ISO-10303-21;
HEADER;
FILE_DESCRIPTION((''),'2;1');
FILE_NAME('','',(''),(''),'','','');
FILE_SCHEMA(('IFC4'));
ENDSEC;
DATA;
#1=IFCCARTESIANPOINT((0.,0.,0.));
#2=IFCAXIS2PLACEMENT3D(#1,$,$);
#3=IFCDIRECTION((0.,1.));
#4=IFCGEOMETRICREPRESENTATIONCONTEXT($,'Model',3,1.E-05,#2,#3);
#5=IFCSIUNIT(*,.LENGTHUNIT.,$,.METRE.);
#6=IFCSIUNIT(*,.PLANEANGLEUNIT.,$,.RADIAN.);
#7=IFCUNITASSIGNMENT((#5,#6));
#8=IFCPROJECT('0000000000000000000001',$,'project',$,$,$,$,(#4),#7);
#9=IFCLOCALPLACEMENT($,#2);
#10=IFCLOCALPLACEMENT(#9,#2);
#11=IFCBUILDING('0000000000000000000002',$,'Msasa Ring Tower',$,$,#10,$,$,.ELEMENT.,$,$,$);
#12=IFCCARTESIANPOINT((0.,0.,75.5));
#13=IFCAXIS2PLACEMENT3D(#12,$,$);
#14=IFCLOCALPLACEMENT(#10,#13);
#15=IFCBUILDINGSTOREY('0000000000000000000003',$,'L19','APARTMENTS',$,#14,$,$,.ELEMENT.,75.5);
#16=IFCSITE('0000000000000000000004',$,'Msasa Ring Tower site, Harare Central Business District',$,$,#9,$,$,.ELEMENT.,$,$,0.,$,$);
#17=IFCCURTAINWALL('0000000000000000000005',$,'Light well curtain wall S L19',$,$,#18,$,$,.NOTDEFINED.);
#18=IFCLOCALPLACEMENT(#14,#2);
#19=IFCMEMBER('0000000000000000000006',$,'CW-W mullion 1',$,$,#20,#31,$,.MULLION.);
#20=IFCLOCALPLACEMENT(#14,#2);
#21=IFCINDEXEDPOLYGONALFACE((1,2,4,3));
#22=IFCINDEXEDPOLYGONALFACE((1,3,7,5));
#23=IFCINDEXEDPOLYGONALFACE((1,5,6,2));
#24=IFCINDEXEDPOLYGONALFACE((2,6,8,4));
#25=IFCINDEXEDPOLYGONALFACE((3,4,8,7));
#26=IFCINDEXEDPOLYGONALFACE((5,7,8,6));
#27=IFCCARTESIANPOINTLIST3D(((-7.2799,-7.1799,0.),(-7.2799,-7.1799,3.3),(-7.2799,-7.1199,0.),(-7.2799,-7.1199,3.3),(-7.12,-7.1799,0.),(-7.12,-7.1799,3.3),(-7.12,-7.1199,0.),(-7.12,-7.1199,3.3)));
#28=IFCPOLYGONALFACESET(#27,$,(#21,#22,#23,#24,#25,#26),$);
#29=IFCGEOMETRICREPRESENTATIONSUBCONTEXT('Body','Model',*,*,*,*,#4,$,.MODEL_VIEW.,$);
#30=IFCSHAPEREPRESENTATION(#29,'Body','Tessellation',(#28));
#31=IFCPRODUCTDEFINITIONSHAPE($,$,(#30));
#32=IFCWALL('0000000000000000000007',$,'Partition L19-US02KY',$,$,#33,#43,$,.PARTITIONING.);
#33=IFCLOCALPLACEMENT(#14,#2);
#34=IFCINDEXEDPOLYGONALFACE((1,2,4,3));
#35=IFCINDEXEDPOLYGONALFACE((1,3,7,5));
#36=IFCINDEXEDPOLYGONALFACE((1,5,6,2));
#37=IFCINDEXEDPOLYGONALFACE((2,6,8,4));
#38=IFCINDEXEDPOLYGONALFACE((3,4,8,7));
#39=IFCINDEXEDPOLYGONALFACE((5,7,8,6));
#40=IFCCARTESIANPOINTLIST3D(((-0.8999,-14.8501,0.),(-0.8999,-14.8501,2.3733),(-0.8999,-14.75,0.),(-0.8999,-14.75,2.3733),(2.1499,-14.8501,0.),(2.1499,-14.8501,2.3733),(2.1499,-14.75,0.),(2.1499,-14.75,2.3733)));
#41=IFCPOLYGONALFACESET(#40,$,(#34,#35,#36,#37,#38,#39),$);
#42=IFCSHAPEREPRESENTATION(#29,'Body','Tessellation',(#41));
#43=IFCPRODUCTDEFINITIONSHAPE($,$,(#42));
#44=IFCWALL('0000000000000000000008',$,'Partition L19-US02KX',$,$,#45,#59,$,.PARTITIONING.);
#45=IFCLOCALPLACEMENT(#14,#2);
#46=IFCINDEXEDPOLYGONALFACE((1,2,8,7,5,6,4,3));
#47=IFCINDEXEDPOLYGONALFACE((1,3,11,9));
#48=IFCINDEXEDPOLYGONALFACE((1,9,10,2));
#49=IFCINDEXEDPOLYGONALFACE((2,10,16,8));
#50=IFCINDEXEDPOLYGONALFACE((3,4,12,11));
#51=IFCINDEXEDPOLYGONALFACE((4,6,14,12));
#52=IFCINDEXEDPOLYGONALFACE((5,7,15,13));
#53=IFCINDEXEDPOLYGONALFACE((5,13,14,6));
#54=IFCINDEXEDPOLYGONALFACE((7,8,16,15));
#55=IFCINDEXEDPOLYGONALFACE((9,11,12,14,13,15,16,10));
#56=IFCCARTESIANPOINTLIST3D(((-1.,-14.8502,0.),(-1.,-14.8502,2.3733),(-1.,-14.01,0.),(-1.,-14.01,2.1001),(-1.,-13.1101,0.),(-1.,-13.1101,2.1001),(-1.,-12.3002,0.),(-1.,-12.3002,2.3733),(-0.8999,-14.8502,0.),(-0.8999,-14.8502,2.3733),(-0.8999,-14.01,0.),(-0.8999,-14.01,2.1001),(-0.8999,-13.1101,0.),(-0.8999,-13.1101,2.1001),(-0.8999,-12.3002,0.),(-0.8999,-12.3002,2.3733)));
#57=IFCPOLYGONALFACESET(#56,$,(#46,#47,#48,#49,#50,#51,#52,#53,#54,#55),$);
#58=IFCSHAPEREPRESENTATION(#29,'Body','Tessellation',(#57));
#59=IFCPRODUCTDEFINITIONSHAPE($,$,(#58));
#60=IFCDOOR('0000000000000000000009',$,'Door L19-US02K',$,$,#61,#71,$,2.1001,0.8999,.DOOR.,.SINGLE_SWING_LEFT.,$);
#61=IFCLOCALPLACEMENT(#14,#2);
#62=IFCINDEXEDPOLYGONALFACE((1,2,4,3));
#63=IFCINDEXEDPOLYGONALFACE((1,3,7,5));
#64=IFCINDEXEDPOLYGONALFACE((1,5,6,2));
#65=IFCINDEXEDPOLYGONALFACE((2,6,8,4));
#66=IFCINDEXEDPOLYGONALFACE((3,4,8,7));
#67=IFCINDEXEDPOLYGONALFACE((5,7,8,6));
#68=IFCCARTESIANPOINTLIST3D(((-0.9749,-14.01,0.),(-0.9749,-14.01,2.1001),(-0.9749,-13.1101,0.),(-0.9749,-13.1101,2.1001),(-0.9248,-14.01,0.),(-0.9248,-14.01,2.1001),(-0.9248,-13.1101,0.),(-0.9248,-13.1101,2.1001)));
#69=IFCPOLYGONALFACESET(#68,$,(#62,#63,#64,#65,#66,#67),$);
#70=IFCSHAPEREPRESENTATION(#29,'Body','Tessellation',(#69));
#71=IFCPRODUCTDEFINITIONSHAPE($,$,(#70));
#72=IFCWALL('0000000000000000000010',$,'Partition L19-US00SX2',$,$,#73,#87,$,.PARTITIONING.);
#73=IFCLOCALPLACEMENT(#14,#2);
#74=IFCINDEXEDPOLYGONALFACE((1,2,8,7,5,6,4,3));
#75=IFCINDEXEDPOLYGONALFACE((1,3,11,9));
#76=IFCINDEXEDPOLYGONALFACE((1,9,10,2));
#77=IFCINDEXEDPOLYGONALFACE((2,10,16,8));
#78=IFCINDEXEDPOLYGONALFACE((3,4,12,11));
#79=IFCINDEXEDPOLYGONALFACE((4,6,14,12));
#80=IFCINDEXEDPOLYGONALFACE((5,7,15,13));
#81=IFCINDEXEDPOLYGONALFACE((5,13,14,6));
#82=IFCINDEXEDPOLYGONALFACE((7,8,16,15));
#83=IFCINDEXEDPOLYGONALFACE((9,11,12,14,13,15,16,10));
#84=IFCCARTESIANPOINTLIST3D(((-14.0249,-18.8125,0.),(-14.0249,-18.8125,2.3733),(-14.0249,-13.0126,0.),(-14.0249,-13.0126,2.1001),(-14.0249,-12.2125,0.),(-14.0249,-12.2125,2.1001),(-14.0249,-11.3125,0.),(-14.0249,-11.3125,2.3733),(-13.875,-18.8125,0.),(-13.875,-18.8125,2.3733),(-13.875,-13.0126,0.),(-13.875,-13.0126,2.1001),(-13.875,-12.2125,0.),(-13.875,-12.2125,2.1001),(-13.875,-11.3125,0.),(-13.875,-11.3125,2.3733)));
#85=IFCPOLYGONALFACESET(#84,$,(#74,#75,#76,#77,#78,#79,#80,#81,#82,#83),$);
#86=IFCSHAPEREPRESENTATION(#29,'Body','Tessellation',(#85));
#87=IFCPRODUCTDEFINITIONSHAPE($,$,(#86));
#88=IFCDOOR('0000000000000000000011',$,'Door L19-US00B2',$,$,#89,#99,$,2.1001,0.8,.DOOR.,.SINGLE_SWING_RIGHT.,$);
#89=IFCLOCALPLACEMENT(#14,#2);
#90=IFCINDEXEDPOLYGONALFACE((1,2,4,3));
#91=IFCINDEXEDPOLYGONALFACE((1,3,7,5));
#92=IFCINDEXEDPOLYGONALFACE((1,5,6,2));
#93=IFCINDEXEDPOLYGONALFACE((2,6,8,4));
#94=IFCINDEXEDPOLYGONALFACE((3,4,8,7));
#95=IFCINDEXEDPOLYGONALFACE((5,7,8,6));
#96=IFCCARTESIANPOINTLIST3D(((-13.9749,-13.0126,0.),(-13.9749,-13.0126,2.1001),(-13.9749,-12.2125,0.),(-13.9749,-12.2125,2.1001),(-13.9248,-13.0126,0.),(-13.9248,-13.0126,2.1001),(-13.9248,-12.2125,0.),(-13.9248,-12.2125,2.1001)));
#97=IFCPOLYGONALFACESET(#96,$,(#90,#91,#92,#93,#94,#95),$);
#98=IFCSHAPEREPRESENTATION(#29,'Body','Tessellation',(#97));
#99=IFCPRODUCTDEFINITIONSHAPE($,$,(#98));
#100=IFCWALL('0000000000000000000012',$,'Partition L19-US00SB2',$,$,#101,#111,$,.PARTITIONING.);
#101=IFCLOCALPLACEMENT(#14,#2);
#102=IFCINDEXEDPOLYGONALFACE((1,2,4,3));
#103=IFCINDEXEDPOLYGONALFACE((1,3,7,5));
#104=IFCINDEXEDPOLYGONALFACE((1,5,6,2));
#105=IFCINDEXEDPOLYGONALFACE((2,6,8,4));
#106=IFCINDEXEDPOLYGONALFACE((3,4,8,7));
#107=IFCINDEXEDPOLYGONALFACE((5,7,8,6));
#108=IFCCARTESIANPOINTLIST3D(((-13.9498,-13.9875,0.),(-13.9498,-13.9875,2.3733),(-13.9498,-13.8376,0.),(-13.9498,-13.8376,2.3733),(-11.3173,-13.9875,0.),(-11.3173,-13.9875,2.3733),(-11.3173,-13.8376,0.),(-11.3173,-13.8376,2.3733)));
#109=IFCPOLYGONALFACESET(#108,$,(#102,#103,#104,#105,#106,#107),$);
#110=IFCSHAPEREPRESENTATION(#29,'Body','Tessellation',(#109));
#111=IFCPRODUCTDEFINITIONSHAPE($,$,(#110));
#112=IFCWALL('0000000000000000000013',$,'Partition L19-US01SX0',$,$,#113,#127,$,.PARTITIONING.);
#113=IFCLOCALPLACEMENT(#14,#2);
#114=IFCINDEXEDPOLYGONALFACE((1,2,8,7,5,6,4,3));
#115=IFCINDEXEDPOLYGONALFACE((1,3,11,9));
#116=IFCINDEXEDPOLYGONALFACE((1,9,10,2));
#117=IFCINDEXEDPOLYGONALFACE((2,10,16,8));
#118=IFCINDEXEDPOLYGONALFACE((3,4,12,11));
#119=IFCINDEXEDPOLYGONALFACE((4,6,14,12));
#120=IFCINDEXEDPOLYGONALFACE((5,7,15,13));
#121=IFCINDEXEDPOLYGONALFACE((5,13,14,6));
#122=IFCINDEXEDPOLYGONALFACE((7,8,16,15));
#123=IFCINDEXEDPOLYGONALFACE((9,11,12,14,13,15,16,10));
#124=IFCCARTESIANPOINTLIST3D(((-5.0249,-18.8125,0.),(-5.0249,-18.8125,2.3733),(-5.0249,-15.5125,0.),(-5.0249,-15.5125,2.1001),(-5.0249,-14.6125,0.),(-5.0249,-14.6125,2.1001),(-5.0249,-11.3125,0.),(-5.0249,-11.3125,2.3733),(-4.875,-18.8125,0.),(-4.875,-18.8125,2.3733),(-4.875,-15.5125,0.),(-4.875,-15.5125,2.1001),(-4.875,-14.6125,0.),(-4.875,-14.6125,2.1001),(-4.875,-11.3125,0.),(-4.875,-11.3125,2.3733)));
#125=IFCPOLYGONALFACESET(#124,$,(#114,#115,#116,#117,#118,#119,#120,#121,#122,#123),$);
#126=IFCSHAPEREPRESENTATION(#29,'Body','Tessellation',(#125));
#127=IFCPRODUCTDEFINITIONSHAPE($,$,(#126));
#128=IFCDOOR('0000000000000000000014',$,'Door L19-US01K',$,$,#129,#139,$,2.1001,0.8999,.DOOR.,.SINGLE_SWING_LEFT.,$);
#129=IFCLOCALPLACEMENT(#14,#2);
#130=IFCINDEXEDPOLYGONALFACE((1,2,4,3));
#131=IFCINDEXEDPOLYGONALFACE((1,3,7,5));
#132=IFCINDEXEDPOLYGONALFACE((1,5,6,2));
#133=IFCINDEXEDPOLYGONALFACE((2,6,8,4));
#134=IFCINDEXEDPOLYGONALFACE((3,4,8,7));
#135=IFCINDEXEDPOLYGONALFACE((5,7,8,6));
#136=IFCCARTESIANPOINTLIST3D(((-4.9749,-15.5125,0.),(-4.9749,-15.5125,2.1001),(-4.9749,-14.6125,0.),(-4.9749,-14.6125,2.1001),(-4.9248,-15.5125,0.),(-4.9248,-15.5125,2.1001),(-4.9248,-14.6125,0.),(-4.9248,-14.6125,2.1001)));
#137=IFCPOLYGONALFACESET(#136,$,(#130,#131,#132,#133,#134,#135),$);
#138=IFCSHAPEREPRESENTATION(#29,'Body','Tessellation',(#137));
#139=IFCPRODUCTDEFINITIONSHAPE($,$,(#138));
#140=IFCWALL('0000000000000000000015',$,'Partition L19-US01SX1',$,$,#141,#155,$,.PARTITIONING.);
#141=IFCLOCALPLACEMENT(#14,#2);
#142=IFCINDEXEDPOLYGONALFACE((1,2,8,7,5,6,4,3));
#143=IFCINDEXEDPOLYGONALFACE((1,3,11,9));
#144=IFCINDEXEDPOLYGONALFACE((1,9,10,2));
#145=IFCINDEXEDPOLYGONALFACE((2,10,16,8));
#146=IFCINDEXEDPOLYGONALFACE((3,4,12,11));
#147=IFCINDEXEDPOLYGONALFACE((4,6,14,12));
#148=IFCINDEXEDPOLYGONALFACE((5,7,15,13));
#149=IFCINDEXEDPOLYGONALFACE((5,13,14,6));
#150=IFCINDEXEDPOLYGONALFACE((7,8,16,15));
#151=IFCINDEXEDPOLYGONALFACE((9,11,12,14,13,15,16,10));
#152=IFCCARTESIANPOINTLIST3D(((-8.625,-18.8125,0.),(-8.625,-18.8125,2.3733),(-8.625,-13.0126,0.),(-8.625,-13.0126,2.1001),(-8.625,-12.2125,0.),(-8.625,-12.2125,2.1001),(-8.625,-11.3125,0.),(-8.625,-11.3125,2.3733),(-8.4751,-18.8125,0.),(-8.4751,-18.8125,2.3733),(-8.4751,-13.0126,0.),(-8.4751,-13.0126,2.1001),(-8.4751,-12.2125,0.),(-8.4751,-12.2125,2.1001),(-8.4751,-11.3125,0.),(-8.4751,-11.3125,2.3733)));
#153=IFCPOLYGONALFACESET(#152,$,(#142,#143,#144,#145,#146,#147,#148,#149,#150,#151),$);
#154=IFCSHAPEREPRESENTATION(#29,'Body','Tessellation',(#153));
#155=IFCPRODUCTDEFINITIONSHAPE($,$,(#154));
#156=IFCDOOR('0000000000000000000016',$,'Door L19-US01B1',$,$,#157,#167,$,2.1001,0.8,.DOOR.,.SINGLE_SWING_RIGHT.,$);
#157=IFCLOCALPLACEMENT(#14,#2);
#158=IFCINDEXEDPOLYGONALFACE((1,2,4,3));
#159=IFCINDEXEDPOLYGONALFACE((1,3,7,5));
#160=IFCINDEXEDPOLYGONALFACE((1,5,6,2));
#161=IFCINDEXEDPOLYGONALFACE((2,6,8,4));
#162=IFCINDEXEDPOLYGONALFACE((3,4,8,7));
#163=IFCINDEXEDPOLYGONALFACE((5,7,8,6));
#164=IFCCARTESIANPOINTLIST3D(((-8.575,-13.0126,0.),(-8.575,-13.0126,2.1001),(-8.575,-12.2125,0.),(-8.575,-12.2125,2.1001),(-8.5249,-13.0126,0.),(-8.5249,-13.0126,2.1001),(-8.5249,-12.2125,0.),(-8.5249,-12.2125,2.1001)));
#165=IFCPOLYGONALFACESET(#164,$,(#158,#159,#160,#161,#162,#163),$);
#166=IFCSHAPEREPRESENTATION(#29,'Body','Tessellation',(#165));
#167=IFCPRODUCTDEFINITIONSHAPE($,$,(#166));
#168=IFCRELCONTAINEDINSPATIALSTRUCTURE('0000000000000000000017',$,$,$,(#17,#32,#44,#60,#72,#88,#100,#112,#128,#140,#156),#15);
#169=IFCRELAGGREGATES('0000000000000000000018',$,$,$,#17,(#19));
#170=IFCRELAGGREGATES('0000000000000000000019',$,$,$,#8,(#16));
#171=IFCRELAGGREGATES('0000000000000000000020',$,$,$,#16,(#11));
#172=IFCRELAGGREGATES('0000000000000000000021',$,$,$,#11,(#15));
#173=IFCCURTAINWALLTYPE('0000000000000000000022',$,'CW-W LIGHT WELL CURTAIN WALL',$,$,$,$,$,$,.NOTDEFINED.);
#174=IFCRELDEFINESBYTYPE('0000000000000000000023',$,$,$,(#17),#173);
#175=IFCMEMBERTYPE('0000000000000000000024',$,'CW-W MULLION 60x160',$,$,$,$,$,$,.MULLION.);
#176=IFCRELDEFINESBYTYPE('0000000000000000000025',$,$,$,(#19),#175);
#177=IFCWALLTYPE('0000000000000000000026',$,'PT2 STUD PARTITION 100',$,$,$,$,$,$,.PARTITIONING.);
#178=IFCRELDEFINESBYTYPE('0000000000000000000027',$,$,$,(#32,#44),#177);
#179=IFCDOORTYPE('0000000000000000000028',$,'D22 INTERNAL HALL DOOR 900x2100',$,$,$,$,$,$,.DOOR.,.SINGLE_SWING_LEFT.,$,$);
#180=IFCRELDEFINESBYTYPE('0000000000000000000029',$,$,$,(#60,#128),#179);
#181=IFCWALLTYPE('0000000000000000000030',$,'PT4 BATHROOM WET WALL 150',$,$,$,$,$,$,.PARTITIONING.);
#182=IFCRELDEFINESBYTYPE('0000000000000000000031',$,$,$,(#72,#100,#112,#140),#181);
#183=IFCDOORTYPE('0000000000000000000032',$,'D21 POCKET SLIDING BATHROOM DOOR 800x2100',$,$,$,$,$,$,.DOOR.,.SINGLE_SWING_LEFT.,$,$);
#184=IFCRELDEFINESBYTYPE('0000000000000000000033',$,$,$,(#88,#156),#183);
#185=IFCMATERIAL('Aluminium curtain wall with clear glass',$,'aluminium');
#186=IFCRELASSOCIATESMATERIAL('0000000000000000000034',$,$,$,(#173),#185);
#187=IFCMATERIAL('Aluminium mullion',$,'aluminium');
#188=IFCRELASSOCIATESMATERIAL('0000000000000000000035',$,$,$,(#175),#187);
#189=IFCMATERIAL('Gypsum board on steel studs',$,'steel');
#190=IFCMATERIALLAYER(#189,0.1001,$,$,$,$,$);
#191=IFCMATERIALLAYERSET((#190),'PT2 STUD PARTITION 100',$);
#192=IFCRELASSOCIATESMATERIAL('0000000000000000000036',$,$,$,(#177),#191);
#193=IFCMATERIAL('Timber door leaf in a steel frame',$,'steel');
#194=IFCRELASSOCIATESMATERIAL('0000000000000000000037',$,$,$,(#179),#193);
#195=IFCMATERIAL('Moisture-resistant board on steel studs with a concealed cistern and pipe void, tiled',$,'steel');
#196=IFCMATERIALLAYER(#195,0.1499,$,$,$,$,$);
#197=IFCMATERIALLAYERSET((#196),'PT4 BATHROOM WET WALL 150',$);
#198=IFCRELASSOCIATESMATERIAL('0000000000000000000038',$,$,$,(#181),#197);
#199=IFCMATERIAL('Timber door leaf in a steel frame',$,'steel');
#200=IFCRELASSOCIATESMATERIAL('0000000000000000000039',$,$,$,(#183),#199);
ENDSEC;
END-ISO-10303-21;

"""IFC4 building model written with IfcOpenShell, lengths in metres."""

from ifc_helpers import new_model, si_unit, direction, frame, frame_2d, origin, origin_2d, place, context, subcontext, project, spatial, rectangle, extrude, material, layer, layer_set, material_profile, profile_set, type_object, element, fill, aggregate, save


model = new_model("IFC4")

# Units and contexts
model_context = context("Model", 3, precision=1e-05, world=origin(), true_north=direction((0.0, 1.0)))
body_context = subcontext(model_context, "Body", "Model", "MODEL_VIEW")
ifc_project = project(units=[si_unit("LENGTHUNIT", "METRE"), si_unit("PLANEANGLEUNIT", "RADIAN")], contexts=[model_context])

# Site, building, storey
site_placement = place(None, origin())
site = spatial("IfcSite", under=ifc_project, at=site_placement, Name="Msasa Ring Tower site, Harare Central Business District", CompositionType="ELEMENT", RefElevation=0.0)
building_placement = place(site_placement, origin())
building = spatial("IfcBuilding", under=site, at=building_placement, Name="Msasa Ring Tower", CompositionType="ELEMENT")
storey_placement = place(building_placement, frame((0.0, 0.0, 75.5)))
storey = spatial("IfcBuildingStorey", under=building, at=storey_placement, Name="L19", Description="APARTMENTS", CompositionType="ELEMENT", Elevation=75.5)

# Curtain wall, member
ifc_material_1 = material(Name="Aluminium curtain wall with clear glass", Category="aluminium")
curtain_wall_type = type_object("IfcCurtainWallType", Name="CW-W LIGHT WELL CURTAIN WALL", PredefinedType="NOTDEFINED", material=ifc_material_1)
curtain_wall_placement = place(storey_placement, origin())
curtain_wall = element("IfcCurtainWall", 1, at=curtain_wall_placement, inside=storey, type_object=curtain_wall_type, Name="Light well curtain wall S L19", PredefinedType="NOTDEFINED")
ifc_material_2 = material(Name="Aluminium mullion", Category="aluminium")
ifc_material_profile = material_profile(ifc_material_2, rectangle(XDim=0.0601, YDim=0.1599, at=origin_2d()), Name="AL 60x160")
ifc_profile_set = profile_set([ifc_material_profile], Name="Aluminium mullion")
member_type = type_object("IfcMemberType", Name="CW-W MULLION 60x160", PredefinedType="MULLION", material=ifc_profile_set)
member_placement = place(storey_placement, frame((-7.2, -7.1499, 0.0), z_axis=(0.0, 0.0, 1.0), x_axis=(0.0, 1.0, 0.0)))
member = element("IfcMember", 2, at=member_placement, type_object=member_type, Name="CW-W mullion 1", PredefinedType="MULLION", context=body_context, shape_type="SweptSolid", body=[
    extrude(rectangle(XDim=0.0601, YDim=0.1599, at=origin_2d()), origin(), (0.0, 0.0, 1.0), 3.3),
])
aggregate(curtain_wall, [member])

# Wall
ifc_material_3 = material(Name="Gypsum board on steel studs", Category="steel")
ifc_layer_1 = layer(ifc_material_3, 0.1001)
ifc_layer_set_1 = layer_set([ifc_layer_1], Name="PT2 STUD PARTITION 100")
wall_type_1 = type_object("IfcWallType", Name="PT2 STUD PARTITION 100", PredefinedType="PARTITIONING", material=ifc_layer_set_1)
wall_1_placement = place(storey_placement, frame((-0.8999, -14.8, 0.0), z_axis=(0.0, 0.0, 1.0), x_axis=(1.0, 0.0, 0.0)))
element("IfcWall", 3, at=wall_1_placement, inside=storey, type_object=wall_type_1, Name="Partition L19-US02KY", PredefinedType="PARTITIONING", context=body_context, shape_type="SweptSolid", body=[
    extrude(rectangle(XDim=3.0498, YDim=0.1001, at=frame_2d((1.5249, 0.0))), origin(), (0.0, 0.0, 1.0), 2.3733),
])

# Walls, openings, doors
wall_2_placement = place(storey_placement, frame((-0.95, -14.8501, 0.0), z_axis=(0.0, 0.0, 1.0), x_axis=(0.0, 1.0, 0.0)))
wall_2 = element("IfcWall", 4, at=wall_2_placement, inside=storey, type_object=wall_type_1, Name="Partition L19-US02KX", PredefinedType="PARTITIONING", context=body_context, shape_type="SweptSolid", body=[
    extrude(rectangle(XDim=2.55, YDim=0.1001, at=frame_2d((1.2749, 0.0))), origin(), (0.0, 0.0, 1.0), 2.3733),
])
opening_1_placement = place(wall_2_placement, frame((0.8401, 0.0, 0.0)))
opening_1 = element("IfcOpeningElement", 5, at=opening_1_placement, cuts=wall_2, PredefinedType="OPENING", context=body_context, shape_type="SweptSolid", body=[
    extrude(rectangle(XDim=0.8999, YDim=2.1001, at=frame_2d((0.45, 1.05))), frame((0.0, 0.0601, 0.0), z_axis=(0.0, -1.0, 0.0), x_axis=(1.0, 0.0, 0.0)), (0.0, 0.0, 1.0), 0.1201),
])
ifc_material_4 = material(Name="Timber door leaf in a steel frame", Category="steel")
door_type_1 = type_object("IfcDoorType", Name="D22 INTERNAL HALL DOOR 900x2100", OperationType="SINGLE_SWING_LEFT", PredefinedType="DOOR", material=ifc_material_4)
door_1_placement = place(opening_1_placement, origin())
door_1 = element("IfcDoor", 6, at=door_1_placement, inside=storey, type_object=door_type_1, Name="Door L19-US02K", OperationType="SINGLE_SWING_LEFT", OverallHeight=2.1001, OverallWidth=0.8999, PredefinedType="DOOR", context=body_context, shape_type="SweptSolid", body=[
    extrude(rectangle(XDim=0.8999, YDim=2.1001, at=frame_2d((0.45, 1.05))), frame((0.0, 0.0249, 0.0), z_axis=(0.0, -1.0, 0.0), x_axis=(1.0, 0.0, 0.0)), (0.0, 0.0, 1.0), 0.05),
])
fill(opening_1, door_1)
ifc_material_5 = material(Name="Moisture-resistant board on steel studs with a concealed cistern and pipe void, tiled", Category="steel")
ifc_layer_2 = layer(ifc_material_5, 0.1499)
ifc_layer_set_2 = layer_set([ifc_layer_2], Name="PT4 BATHROOM WET WALL 150")
wall_type_2 = type_object("IfcWallType", Name="PT4 BATHROOM WET WALL 150", PredefinedType="PARTITIONING", material=ifc_layer_set_2)
wall_3_placement = place(storey_placement, frame((-13.95, -18.8125, 0.0), z_axis=(0.0, 0.0, 1.0), x_axis=(0.0, 1.0, 0.0)))
wall_3 = element("IfcWall", 7, at=wall_3_placement, inside=storey, type_object=wall_type_2, Name="Partition L19-US00SX2", PredefinedType="PARTITIONING", context=body_context, shape_type="SweptSolid", body=[
    extrude(rectangle(XDim=7.5, YDim=0.1499, at=frame_2d((3.75, 0.0))), origin(), (0.0, 0.0, 1.0), 2.3733),
])
opening_2_placement = place(wall_3_placement, frame((5.8, 0.0, 0.0)))
opening_2 = element("IfcOpeningElement", 8, at=opening_2_placement, cuts=wall_3, PredefinedType="OPENING", context=body_context, shape_type="SweptSolid", body=[
    extrude(rectangle(XDim=0.8, YDim=2.1001, at=frame_2d((0.3999, 1.05))), frame((0.0, 0.085, 0.0), z_axis=(0.0, -1.0, 0.0), x_axis=(1.0, 0.0, 0.0)), (0.0, 0.0, 1.0), 0.1699),
])
ifc_material_6 = material(Name="Timber door leaf in a steel frame", Category="steel")
door_type_2 = type_object("IfcDoorType", Name="D21 POCKET SLIDING BATHROOM DOOR 800x2100", OperationType="SINGLE_SWING_LEFT", PredefinedType="DOOR", material=ifc_material_6)
door_2_placement = place(opening_2_placement, origin())
door_2 = element("IfcDoor", 9, at=door_2_placement, inside=storey, type_object=door_type_2, Name="Door L19-US00B2", OperationType="SINGLE_SWING_RIGHT", OverallHeight=2.1001, OverallWidth=0.8, PredefinedType="DOOR", context=body_context, shape_type="SweptSolid", body=[
    extrude(rectangle(XDim=0.8, YDim=2.1001, at=frame_2d((0.3999, 1.05))), frame((0.0, 0.0249, 0.0), z_axis=(0.0, -1.0, 0.0), x_axis=(1.0, 0.0, 0.0)), (0.0, 0.0, 1.0), 0.05),
])
fill(opening_2, door_2)

# Wall
wall_4_placement = place(storey_placement, frame((-13.95, -13.9126, 0.0), z_axis=(0.0, 0.0, 1.0), x_axis=(1.0, 0.0, 0.0)))
element("IfcWall", 10, at=wall_4_placement, inside=storey, type_object=wall_type_2, Name="Partition L19-US00SB2", PredefinedType="PARTITIONING", context=body_context, shape_type="SweptSolid", body=[
    extrude(rectangle(XDim=2.6326, YDim=0.1499, at=frame_2d((1.3164, 0.0))), origin(), (0.0, 0.0, 1.0), 2.3733),
])

# Walls, openings, doors
wall_5_placement = place(storey_placement, frame((-4.95, -18.8125, 0.0), z_axis=(0.0, 0.0, 1.0), x_axis=(0.0, 1.0, 0.0)))
wall_5 = element("IfcWall", 11, at=wall_5_placement, inside=storey, type_object=wall_type_2, Name="Partition L19-US01SX0", PredefinedType="PARTITIONING", context=body_context, shape_type="SweptSolid", body=[
    extrude(rectangle(XDim=7.5, YDim=0.1499, at=frame_2d((3.75, 0.0))), origin(), (0.0, 0.0, 1.0), 2.3733),
])
opening_3_placement = place(wall_5_placement, frame((3.3, 0.0, 0.0)))
opening_3 = element("IfcOpeningElement", 12, at=opening_3_placement, cuts=wall_5, PredefinedType="OPENING", context=body_context, shape_type="SweptSolid", body=[
    extrude(rectangle(XDim=0.8999, YDim=2.1001, at=frame_2d((0.45, 1.05))), frame((0.0, 0.085, 0.0), z_axis=(0.0, -1.0, 0.0), x_axis=(1.0, 0.0, 0.0)), (0.0, 0.0, 1.0), 0.1699),
])
door_3_placement = place(opening_3_placement, origin())
door_3 = element("IfcDoor", 13, at=door_3_placement, inside=storey, type_object=door_type_1, Name="Door L19-US01K", OperationType="SINGLE_SWING_LEFT", OverallHeight=2.1001, OverallWidth=0.8999, PredefinedType="DOOR", context=body_context, shape_type="SweptSolid", body=[
    extrude(rectangle(XDim=0.8999, YDim=2.1001, at=frame_2d((0.45, 1.05))), frame((0.0, 0.0249, 0.0), z_axis=(0.0, -1.0, 0.0), x_axis=(1.0, 0.0, 0.0)), (0.0, 0.0, 1.0), 0.05),
])
fill(opening_3, door_3)
wall_6_placement = place(storey_placement, frame((-8.55, -18.8125, 0.0), z_axis=(0.0, 0.0, 1.0), x_axis=(0.0, 1.0, 0.0)))
wall_6 = element("IfcWall", 14, at=wall_6_placement, inside=storey, type_object=wall_type_2, Name="Partition L19-US01SX1", PredefinedType="PARTITIONING", context=body_context, shape_type="SweptSolid", body=[
    extrude(rectangle(XDim=7.5, YDim=0.1499, at=frame_2d((3.75, 0.0))), origin(), (0.0, 0.0, 1.0), 2.3733),
])
opening_4_placement = place(wall_6_placement, frame((5.8, 0.0, 0.0)))
opening_4 = element("IfcOpeningElement", 15, at=opening_4_placement, cuts=wall_6, PredefinedType="OPENING", context=body_context, shape_type="SweptSolid", body=[
    extrude(rectangle(XDim=0.8, YDim=2.1001, at=frame_2d((0.3999, 1.05))), frame((0.0, 0.085, 0.0), z_axis=(0.0, -1.0, 0.0), x_axis=(1.0, 0.0, 0.0)), (0.0, 0.0, 1.0), 0.1699),
])
door_4_placement = place(opening_4_placement, origin())
door_4 = element("IfcDoor", 16, at=door_4_placement, inside=storey, type_object=door_type_2, Name="Door L19-US01B1", OperationType="SINGLE_SWING_RIGHT", OverallHeight=2.1001, OverallWidth=0.8, PredefinedType="DOOR", context=body_context, shape_type="SweptSolid", body=[
    extrude(rectangle(XDim=0.8, YDim=2.1001, at=frame_2d((0.3999, 1.05))), frame((0.0, 0.0249, 0.0), z_axis=(0.0, -1.0, 0.0), x_axis=(1.0, 0.0, 0.0)), (0.0, 0.0, 1.0), 0.05),
])
fill(opening_4, door_4)

save(model, "model.ifc")
